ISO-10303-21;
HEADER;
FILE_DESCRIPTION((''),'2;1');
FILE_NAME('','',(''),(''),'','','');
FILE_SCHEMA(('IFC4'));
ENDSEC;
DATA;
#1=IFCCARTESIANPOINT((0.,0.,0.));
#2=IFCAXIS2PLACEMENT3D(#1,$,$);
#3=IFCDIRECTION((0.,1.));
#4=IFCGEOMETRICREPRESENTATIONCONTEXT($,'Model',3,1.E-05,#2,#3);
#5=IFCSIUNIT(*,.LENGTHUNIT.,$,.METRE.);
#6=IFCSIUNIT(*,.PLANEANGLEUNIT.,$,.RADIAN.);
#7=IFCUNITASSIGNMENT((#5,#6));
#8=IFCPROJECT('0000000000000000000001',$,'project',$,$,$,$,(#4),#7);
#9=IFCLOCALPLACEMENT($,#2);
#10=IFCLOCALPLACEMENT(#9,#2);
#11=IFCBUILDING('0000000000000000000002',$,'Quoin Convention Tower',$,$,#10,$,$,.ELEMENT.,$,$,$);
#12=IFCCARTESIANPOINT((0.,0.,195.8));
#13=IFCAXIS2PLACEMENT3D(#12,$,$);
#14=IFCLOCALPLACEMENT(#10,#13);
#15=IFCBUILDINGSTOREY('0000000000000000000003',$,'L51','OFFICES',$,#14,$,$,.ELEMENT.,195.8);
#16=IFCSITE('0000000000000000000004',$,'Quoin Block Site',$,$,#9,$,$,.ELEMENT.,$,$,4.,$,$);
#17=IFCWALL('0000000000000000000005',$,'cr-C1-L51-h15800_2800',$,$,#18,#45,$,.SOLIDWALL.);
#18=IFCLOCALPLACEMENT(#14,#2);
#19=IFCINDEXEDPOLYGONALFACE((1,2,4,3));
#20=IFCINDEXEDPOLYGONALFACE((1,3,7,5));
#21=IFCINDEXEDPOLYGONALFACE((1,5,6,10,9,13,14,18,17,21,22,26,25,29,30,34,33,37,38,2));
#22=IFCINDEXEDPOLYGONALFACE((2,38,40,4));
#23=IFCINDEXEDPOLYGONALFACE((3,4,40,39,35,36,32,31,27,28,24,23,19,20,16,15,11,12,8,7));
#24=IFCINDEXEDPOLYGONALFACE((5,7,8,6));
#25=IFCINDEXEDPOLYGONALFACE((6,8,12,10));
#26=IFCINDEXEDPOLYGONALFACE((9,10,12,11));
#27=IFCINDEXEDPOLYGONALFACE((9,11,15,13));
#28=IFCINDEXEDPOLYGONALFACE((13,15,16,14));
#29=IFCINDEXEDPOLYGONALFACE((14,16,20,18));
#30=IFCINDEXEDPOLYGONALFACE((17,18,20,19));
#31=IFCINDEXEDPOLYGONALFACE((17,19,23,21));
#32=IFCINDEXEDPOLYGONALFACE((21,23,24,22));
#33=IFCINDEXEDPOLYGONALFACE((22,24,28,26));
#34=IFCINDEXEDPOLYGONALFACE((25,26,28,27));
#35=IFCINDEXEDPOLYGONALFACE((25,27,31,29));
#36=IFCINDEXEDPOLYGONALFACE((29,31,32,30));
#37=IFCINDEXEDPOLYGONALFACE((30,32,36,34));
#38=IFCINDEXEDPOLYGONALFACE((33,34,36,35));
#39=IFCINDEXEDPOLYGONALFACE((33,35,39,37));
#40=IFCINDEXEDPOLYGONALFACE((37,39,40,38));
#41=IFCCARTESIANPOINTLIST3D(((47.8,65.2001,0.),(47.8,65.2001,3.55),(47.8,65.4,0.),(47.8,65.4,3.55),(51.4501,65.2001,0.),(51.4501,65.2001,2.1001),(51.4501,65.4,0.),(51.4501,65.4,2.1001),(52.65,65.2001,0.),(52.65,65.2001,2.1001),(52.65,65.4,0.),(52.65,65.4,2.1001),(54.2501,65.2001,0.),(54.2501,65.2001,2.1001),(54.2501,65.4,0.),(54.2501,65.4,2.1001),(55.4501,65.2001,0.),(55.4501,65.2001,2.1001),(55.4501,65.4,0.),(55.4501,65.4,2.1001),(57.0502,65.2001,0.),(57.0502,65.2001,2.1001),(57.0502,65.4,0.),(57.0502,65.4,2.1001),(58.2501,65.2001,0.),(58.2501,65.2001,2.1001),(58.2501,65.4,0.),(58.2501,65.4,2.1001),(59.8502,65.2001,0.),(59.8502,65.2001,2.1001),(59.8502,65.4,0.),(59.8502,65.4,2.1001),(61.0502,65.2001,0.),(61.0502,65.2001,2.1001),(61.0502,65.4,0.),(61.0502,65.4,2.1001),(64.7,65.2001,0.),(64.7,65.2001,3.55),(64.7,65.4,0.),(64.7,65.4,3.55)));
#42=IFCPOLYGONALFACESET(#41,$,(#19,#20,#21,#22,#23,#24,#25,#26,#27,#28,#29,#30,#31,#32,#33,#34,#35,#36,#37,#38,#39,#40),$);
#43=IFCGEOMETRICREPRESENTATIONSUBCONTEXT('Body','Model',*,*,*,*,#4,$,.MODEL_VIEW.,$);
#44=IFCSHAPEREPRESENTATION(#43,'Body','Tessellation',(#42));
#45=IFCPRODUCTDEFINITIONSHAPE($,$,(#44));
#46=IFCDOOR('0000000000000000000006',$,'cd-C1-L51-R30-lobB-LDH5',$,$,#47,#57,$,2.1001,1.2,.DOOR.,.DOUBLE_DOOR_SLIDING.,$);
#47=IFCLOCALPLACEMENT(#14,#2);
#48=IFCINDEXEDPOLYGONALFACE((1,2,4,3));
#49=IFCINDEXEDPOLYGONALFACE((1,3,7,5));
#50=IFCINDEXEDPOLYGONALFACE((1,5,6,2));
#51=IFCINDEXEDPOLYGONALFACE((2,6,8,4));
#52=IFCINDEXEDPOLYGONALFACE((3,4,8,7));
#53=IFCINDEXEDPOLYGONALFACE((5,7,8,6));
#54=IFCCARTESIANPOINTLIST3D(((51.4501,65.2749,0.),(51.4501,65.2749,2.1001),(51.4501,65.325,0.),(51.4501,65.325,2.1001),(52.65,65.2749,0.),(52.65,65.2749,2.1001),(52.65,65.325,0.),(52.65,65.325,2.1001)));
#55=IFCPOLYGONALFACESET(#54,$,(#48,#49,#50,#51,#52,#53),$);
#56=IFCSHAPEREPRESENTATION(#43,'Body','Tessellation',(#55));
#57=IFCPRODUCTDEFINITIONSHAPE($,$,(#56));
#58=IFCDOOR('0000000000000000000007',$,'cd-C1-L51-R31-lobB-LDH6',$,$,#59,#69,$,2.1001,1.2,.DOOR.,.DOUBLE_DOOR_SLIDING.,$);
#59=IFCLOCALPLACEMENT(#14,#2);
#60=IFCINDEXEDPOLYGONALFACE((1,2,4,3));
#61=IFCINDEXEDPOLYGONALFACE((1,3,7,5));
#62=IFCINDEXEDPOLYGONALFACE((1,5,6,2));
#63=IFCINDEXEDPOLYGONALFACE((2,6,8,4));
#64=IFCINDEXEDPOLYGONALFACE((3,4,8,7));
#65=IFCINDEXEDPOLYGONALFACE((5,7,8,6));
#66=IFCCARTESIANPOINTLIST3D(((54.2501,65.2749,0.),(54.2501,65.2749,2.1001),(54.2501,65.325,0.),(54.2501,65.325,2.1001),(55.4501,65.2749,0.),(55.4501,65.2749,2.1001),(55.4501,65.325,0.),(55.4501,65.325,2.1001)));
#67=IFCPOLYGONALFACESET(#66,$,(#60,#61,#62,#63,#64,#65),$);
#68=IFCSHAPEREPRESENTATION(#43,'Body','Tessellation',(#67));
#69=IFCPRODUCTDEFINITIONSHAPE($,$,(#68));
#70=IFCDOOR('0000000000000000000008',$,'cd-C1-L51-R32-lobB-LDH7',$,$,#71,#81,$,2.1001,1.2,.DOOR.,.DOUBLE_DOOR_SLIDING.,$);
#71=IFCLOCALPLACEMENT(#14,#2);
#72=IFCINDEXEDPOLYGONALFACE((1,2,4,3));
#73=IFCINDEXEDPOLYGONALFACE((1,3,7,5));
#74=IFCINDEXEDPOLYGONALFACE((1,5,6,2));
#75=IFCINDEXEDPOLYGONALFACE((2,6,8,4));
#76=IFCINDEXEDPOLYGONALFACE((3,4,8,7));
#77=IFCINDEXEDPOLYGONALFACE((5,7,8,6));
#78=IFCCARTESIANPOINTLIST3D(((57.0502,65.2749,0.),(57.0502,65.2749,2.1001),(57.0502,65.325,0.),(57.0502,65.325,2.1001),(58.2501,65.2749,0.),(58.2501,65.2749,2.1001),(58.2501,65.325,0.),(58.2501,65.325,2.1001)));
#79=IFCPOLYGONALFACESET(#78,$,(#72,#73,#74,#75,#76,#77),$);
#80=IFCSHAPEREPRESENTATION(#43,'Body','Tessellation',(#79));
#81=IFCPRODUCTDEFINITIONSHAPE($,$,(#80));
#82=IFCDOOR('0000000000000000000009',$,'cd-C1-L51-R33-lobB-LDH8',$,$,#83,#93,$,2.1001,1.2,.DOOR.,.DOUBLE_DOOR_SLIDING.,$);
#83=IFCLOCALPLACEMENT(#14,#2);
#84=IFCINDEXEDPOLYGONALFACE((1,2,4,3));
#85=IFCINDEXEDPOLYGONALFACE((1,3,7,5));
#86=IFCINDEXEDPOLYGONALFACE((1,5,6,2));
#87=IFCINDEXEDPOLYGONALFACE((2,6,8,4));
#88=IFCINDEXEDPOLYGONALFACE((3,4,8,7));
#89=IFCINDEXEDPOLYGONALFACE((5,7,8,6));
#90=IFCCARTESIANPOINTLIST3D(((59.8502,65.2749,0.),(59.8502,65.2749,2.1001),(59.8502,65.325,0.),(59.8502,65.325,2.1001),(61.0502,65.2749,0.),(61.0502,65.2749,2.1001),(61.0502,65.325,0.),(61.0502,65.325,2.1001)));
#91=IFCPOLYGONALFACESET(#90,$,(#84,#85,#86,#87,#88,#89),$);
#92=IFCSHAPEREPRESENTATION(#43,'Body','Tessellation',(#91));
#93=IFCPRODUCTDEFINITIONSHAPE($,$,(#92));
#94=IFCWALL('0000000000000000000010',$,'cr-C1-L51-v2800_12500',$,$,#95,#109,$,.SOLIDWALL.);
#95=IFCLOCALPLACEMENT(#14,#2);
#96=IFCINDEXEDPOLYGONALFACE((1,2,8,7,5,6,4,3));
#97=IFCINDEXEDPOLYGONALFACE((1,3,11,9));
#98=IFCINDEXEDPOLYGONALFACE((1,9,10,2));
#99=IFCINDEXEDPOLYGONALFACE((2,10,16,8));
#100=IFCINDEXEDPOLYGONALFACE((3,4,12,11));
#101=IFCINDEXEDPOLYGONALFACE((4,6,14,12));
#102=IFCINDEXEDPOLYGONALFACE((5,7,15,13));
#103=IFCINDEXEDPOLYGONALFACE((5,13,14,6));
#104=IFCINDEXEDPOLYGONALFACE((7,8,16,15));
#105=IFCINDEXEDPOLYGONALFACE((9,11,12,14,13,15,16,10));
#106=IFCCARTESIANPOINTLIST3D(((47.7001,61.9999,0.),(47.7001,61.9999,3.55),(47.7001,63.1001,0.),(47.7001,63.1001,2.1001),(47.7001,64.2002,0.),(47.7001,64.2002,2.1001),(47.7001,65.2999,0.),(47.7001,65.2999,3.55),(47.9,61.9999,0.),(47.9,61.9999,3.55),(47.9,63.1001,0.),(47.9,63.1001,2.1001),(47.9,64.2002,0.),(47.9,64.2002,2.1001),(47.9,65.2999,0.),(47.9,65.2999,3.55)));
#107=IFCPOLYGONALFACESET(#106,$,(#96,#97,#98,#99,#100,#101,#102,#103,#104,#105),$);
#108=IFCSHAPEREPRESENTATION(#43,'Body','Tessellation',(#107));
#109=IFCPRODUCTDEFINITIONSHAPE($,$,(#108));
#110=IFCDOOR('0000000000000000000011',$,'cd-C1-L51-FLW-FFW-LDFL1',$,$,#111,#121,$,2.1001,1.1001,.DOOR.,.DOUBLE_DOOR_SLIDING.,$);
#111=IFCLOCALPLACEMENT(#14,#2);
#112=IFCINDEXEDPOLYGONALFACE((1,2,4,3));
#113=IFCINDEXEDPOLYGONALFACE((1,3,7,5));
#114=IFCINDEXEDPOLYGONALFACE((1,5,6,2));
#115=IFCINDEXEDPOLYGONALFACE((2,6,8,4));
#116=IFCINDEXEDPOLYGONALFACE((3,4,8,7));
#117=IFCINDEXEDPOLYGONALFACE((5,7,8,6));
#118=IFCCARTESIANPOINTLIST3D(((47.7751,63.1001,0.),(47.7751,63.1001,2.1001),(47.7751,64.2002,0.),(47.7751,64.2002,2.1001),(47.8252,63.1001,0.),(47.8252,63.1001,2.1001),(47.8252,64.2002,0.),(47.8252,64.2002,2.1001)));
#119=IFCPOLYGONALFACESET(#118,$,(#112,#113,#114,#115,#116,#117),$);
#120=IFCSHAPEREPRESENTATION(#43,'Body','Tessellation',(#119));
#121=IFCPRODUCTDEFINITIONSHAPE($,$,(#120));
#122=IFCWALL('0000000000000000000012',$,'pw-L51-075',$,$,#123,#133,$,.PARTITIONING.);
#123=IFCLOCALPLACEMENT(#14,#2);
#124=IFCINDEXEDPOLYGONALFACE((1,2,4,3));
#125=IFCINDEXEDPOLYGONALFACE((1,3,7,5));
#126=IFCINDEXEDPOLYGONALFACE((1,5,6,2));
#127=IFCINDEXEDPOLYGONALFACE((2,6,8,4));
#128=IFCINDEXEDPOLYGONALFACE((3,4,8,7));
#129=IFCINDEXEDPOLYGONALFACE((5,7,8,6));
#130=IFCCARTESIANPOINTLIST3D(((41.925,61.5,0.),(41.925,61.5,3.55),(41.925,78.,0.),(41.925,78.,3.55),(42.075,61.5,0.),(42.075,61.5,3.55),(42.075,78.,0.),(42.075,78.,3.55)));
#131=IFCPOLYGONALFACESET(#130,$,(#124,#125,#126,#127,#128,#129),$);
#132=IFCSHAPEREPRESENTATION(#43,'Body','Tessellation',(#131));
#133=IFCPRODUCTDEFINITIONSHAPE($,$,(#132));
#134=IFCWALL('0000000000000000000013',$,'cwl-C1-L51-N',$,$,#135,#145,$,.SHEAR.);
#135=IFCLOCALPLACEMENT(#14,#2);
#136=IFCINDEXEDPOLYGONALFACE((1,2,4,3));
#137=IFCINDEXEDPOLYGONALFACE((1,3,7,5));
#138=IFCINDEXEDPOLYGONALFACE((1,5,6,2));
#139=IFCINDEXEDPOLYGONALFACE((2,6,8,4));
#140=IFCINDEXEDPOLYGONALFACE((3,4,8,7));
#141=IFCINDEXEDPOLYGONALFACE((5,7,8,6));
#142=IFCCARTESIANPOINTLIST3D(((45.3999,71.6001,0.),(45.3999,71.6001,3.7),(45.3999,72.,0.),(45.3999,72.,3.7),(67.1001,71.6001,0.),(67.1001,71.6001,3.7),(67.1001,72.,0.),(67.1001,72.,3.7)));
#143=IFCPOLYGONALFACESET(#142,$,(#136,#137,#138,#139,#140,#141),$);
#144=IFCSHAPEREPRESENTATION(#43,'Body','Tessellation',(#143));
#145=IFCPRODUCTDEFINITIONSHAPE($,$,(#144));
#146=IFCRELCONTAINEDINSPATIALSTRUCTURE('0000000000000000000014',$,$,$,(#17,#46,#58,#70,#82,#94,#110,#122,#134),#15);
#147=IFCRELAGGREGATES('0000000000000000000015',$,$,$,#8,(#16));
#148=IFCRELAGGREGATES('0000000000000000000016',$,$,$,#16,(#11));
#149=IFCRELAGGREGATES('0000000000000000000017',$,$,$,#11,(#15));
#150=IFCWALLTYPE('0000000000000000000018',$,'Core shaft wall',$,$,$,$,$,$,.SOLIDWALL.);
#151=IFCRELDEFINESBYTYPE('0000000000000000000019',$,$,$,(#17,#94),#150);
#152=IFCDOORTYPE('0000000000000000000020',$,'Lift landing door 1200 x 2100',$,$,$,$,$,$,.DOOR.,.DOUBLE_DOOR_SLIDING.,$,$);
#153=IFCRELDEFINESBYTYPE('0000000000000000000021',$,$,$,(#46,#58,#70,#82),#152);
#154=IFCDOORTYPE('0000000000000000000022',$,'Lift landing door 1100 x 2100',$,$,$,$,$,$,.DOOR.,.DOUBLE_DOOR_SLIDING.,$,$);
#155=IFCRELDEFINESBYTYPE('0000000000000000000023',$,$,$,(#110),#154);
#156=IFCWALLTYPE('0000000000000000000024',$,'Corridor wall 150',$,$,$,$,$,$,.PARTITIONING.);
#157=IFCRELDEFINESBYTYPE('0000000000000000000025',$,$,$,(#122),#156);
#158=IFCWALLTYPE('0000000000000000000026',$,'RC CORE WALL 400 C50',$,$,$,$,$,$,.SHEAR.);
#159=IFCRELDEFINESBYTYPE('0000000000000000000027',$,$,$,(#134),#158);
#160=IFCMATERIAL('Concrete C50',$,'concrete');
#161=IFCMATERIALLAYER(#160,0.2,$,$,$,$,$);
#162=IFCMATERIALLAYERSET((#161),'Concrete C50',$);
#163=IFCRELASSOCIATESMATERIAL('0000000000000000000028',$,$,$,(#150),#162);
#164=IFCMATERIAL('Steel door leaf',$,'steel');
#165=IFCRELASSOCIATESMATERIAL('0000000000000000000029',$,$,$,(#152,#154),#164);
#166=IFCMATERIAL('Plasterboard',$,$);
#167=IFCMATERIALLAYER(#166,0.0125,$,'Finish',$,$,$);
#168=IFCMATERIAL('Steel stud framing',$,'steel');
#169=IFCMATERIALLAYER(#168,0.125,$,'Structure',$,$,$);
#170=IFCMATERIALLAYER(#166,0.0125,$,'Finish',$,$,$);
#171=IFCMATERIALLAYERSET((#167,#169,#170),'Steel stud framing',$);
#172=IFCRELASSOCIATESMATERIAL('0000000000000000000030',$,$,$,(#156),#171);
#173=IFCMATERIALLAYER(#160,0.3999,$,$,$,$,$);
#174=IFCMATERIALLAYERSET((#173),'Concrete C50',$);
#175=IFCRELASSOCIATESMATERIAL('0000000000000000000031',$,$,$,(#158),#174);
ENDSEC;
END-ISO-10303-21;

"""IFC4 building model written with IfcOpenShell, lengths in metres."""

from ifc_helpers import new_model, si_unit, direction, frame, frame_2d, origin, place, context, subcontext, project, spatial, rectangle, extrude, material, layer, layer_set, type_object, element, fill, save


model = new_model("IFC4")

# Units and contexts
model_context = context("Model", 3, precision=1e-05, world=origin(), true_north=direction((0.0, 1.0)))
body_context = subcontext(model_context, "Body", "Model", "MODEL_VIEW")
ifc_project = project(units=[si_unit("LENGTHUNIT", "METRE"), si_unit("PLANEANGLEUNIT", "RADIAN")], contexts=[model_context])

# Site, building, storey
site_placement = place(None, origin())
site = spatial("IfcSite", under=ifc_project, at=site_placement, Name="Quoin Block Site", CompositionType="ELEMENT", RefElevation=4.0)
building_placement = place(site_placement, origin())
building = spatial("IfcBuilding", under=site, at=building_placement, Name="Quoin Convention Tower", CompositionType="ELEMENT")
storey_placement = place(building_placement, frame((0.0, 0.0, 195.8)))
storey = spatial("IfcBuildingStorey", under=building, at=storey_placement, Name="L51", Description="OFFICES", CompositionType="ELEMENT", Elevation=195.8)

# Shared definitions
ifc_material_1 = material(Name="Plasterboard")
ifc_material_2 = material(Name="Steel stud framing", Category="steel")

# Shared definitions
ifc_material_3 = material(Name="Steel door leaf", Category="steel")

# Shared definitions
ifc_material_4 = material(Name="Concrete C50", Category="concrete")
ifc_layer_1 = layer(ifc_material_4, 0.2)
ifc_layer_set_1 = layer_set([ifc_layer_1], Name="Concrete C50")
wall_type_1 = type_object("IfcWallType", Name="Core shaft wall", PredefinedType="SOLIDWALL", material=ifc_layer_set_1)

# Wall, openings, doors
wall_1_placement = place(storey_placement, frame((47.8, 65.3, 0.0), z_axis=(0.0, 0.0, 1.0), x_axis=(1.0, 0.0, 0.0)))
wall_1 = element("IfcWall", 1, at=wall_1_placement, inside=storey, type_object=wall_type_1, Name="cr-C1-L51-h15800_2800", PredefinedType="SOLIDWALL", context=body_context, shape_type="SweptSolid", body=[
    extrude(rectangle(XDim=16.8999, YDim=0.2, at=frame_2d((8.45, 0.0))), origin(), (0.0, 0.0, 1.0), 3.55),
])
opening_1_placement = place(wall_1_placement, frame((3.6499, 0.0, 0.0)))
opening_1 = element("IfcOpeningElement", 2, at=opening_1_placement, cuts=wall_1, PredefinedType="OPENING", context=body_context, shape_type="SweptSolid", body=[
    extrude(rectangle(XDim=1.2, YDim=2.1001, at=frame_2d((0.6001, 1.05))), frame((0.0, 0.1099, 0.0), z_axis=(0.0, -1.0, 0.0), x_axis=(1.0, 0.0, 0.0)), (0.0, 0.0, 1.0), 0.22),
])
opening_2_placement = place(wall_1_placement, frame((6.45, 0.0, 0.0)))
opening_2 = element("IfcOpeningElement", 3, at=opening_2_placement, cuts=wall_1, PredefinedType="OPENING", context=body_context, shape_type="SweptSolid", body=[
    extrude(rectangle(XDim=1.2, YDim=2.1001, at=frame_2d((0.6001, 1.05))), frame((0.0, 0.1099, 0.0), z_axis=(0.0, -1.0, 0.0), x_axis=(1.0, 0.0, 0.0)), (0.0, 0.0, 1.0), 0.22),
])
opening_3_placement = place(wall_1_placement, frame((9.25, 0.0, 0.0)))
opening_3 = element("IfcOpeningElement", 4, at=opening_3_placement, cuts=wall_1, PredefinedType="OPENING", context=body_context, shape_type="SweptSolid", body=[
    extrude(rectangle(XDim=1.2, YDim=2.1001, at=frame_2d((0.6001, 1.05))), frame((0.0, 0.1099, 0.0), z_axis=(0.0, -1.0, 0.0), x_axis=(1.0, 0.0, 0.0)), (0.0, 0.0, 1.0), 0.22),
])
opening_4_placement = place(wall_1_placement, frame((12.05, 0.0, 0.0)))
opening_4 = element("IfcOpeningElement", 5, at=opening_4_placement, cuts=wall_1, PredefinedType="OPENING", context=body_context, shape_type="SweptSolid", body=[
    extrude(rectangle(XDim=1.2, YDim=2.1001, at=frame_2d((0.6001, 1.05))), frame((0.0, 0.1099, 0.0), z_axis=(0.0, -1.0, 0.0), x_axis=(1.0, 0.0, 0.0)), (0.0, 0.0, 1.0), 0.22),
])
door_type_1 = type_object("IfcDoorType", Name="Lift landing door 1200 x 2100", OperationType="DOUBLE_DOOR_SLIDING", PredefinedType="DOOR", material=ifc_material_3)
door_1_placement = place(opening_1_placement, origin())
door_1 = element("IfcDoor", 6, at=door_1_placement, inside=storey, type_object=door_type_1, Name="cd-C1-L51-R30-lobB-LDH5", OperationType="DOUBLE_DOOR_SLIDING", OverallHeight=2.1001, OverallWidth=1.2, PredefinedType="DOOR", context=body_context, shape_type="SweptSolid", body=[
    extrude(rectangle(XDim=1.2, YDim=2.1001, at=frame_2d((0.6001, 1.05))), frame((0.0, 0.0249, 0.0), z_axis=(0.0, -1.0, 0.0), x_axis=(1.0, 0.0, 0.0)), (0.0, 0.0, 1.0), 0.05),
])
fill(opening_1, door_1)
door_2_placement = place(opening_2_placement, origin())
door_2 = element("IfcDoor", 7, at=door_2_placement, inside=storey, type_object=door_type_1, Name="cd-C1-L51-R31-lobB-LDH6", OperationType="DOUBLE_DOOR_SLIDING", OverallHeight=2.1001, OverallWidth=1.2, PredefinedType="DOOR", context=body_context, shape_type="SweptSolid", body=[
    extrude(rectangle(XDim=1.2, YDim=2.1001, at=frame_2d((0.6001, 1.05))), frame((0.0, 0.0249, 0.0), z_axis=(0.0, -1.0, 0.0), x_axis=(1.0, 0.0, 0.0)), (0.0, 0.0, 1.0), 0.05),
])
fill(opening_2, door_2)
door_3_placement = place(opening_3_placement, origin())
door_3 = element("IfcDoor", 8, at=door_3_placement, inside=storey, type_object=door_type_1, Name="cd-C1-L51-R32-lobB-LDH7", OperationType="DOUBLE_DOOR_SLIDING", OverallHeight=2.1001, OverallWidth=1.2, PredefinedType="DOOR", context=body_context, shape_type="SweptSolid", body=[
    extrude(rectangle(XDim=1.2, YDim=2.1001, at=frame_2d((0.6001, 1.05))), frame((0.0, 0.0249, 0.0), z_axis=(0.0, -1.0, 0.0), x_axis=(1.0, 0.0, 0.0)), (0.0, 0.0, 1.0), 0.05),
])
fill(opening_3, door_3)
door_4_placement = place(opening_4_placement, origin())
door_4 = element("IfcDoor", 9, at=door_4_placement, inside=storey, type_object=door_type_1, Name="cd-C1-L51-R33-lobB-LDH8", OperationType="DOUBLE_DOOR_SLIDING", OverallHeight=2.1001, OverallWidth=1.2, PredefinedType="DOOR", context=body_context, shape_type="SweptSolid", body=[
    extrude(rectangle(XDim=1.2, YDim=2.1001, at=frame_2d((0.6001, 1.05))), frame((0.0, 0.0249, 0.0), z_axis=(0.0, -1.0, 0.0), x_axis=(1.0, 0.0, 0.0)), (0.0, 0.0, 1.0), 0.05),
])
fill(opening_4, door_4)

# Wall, opening, door
wall_2_placement = place(storey_placement, frame((47.8, 62.0, 0.0), z_axis=(0.0, 0.0, 1.0), x_axis=(0.0, 1.0, 0.0)))
wall_2 = element("IfcWall", 10, at=wall_2_placement, inside=storey, type_object=wall_type_1, Name="cr-C1-L51-v2800_12500", PredefinedType="SOLIDWALL", context=body_context, shape_type="SweptSolid", body=[
    extrude(rectangle(XDim=3.3, YDim=0.2, at=frame_2d((1.6499, 0.0))), origin(), (0.0, 0.0, 1.0), 3.55),
])
opening_5_placement = place(wall_2_placement, frame((1.1001, 0.0, 0.0)))
opening_5 = element("IfcOpeningElement", 11, at=opening_5_placement, cuts=wall_2, PredefinedType="OPENING", context=body_context, shape_type="SweptSolid", body=[
    extrude(rectangle(XDim=1.1001, YDim=2.1001, at=frame_2d((0.55, 1.05))), frame((0.0, 0.1099, 0.0), z_axis=(0.0, -1.0, 0.0), x_axis=(1.0, 0.0, 0.0)), (0.0, 0.0, 1.0), 0.22),
])
door_type_2 = type_object("IfcDoorType", Name="Lift landing door 1100 x 2100", OperationType="DOUBLE_DOOR_SLIDING", PredefinedType="DOOR", material=ifc_material_3)
door_5_placement = place(opening_5_placement, origin())
door_5 = element("IfcDoor", 12, at=door_5_placement, inside=storey, type_object=door_type_2, Name="cd-C1-L51-FLW-FFW-LDFL1", OperationType="DOUBLE_DOOR_SLIDING", OverallHeight=2.1001, OverallWidth=1.1001, PredefinedType="DOOR", context=body_context, shape_type="SweptSolid", body=[
    extrude(rectangle(XDim=1.1001, YDim=2.1001, at=frame_2d((0.55, 1.05))), frame((0.0, 0.0249, 0.0), z_axis=(0.0, -1.0, 0.0), x_axis=(1.0, 0.0, 0.0)), (0.0, 0.0, 1.0), 0.05),
])
fill(opening_5, door_5)

# Walls
ifc_layer_2 = layer(ifc_material_1, 0.0125, Name="Finish")
ifc_layer_3 = layer(ifc_material_2, 0.125, Name="Structure")
ifc_layer_4 = layer(ifc_material_1, 0.0125, Name="Finish")
ifc_layer_set_2 = layer_set([ifc_layer_2, ifc_layer_3, ifc_layer_4], Name="Steel stud framing")
wall_type_2 = type_object("IfcWallType", Name="Corridor wall 150", PredefinedType="PARTITIONING", material=ifc_layer_set_2)
wall_3_placement = place(storey_placement, frame((42.0, 61.5, 0.0), z_axis=(0.0, 0.0, 1.0), x_axis=(0.0, 1.0, 0.0)))
element("IfcWall", 13, at=wall_3_placement, inside=storey, type_object=wall_type_2, Name="pw-L51-075", PredefinedType="PARTITIONING", context=body_context, shape_type="SweptSolid", body=[
    extrude(rectangle(XDim=16.5, YDim=0.1499, at=frame_2d((8.25, 0.0))), origin(), (0.0, 0.0, 1.0), 3.55),
])
ifc_layer_5 = layer(ifc_material_4, 0.3999)
ifc_layer_set_3 = layer_set([ifc_layer_5], Name="Concrete C50")
wall_type_3 = type_object("IfcWallType", Name="RC CORE WALL 400 C50", PredefinedType="SHEAR", material=ifc_layer_set_3)
wall_4_placement = place(storey_placement, frame((45.3999, 71.8, 0.0), z_axis=(0.0, 0.0, 1.0), x_axis=(1.0, 0.0, 0.0)))
element("IfcWall", 14, at=wall_4_placement, inside=storey, type_object=wall_type_3, Name="cwl-C1-L51-N", PredefinedType="SHEAR", context=body_context, shape_type="SweptSolid", body=[
    extrude(rectangle(XDim=21.7002, YDim=0.3999, at=frame_2d((10.8501, 0.0))), origin(), (0.0, 0.0, 1.0), 3.7),
])

save(model, "model.ifc")
